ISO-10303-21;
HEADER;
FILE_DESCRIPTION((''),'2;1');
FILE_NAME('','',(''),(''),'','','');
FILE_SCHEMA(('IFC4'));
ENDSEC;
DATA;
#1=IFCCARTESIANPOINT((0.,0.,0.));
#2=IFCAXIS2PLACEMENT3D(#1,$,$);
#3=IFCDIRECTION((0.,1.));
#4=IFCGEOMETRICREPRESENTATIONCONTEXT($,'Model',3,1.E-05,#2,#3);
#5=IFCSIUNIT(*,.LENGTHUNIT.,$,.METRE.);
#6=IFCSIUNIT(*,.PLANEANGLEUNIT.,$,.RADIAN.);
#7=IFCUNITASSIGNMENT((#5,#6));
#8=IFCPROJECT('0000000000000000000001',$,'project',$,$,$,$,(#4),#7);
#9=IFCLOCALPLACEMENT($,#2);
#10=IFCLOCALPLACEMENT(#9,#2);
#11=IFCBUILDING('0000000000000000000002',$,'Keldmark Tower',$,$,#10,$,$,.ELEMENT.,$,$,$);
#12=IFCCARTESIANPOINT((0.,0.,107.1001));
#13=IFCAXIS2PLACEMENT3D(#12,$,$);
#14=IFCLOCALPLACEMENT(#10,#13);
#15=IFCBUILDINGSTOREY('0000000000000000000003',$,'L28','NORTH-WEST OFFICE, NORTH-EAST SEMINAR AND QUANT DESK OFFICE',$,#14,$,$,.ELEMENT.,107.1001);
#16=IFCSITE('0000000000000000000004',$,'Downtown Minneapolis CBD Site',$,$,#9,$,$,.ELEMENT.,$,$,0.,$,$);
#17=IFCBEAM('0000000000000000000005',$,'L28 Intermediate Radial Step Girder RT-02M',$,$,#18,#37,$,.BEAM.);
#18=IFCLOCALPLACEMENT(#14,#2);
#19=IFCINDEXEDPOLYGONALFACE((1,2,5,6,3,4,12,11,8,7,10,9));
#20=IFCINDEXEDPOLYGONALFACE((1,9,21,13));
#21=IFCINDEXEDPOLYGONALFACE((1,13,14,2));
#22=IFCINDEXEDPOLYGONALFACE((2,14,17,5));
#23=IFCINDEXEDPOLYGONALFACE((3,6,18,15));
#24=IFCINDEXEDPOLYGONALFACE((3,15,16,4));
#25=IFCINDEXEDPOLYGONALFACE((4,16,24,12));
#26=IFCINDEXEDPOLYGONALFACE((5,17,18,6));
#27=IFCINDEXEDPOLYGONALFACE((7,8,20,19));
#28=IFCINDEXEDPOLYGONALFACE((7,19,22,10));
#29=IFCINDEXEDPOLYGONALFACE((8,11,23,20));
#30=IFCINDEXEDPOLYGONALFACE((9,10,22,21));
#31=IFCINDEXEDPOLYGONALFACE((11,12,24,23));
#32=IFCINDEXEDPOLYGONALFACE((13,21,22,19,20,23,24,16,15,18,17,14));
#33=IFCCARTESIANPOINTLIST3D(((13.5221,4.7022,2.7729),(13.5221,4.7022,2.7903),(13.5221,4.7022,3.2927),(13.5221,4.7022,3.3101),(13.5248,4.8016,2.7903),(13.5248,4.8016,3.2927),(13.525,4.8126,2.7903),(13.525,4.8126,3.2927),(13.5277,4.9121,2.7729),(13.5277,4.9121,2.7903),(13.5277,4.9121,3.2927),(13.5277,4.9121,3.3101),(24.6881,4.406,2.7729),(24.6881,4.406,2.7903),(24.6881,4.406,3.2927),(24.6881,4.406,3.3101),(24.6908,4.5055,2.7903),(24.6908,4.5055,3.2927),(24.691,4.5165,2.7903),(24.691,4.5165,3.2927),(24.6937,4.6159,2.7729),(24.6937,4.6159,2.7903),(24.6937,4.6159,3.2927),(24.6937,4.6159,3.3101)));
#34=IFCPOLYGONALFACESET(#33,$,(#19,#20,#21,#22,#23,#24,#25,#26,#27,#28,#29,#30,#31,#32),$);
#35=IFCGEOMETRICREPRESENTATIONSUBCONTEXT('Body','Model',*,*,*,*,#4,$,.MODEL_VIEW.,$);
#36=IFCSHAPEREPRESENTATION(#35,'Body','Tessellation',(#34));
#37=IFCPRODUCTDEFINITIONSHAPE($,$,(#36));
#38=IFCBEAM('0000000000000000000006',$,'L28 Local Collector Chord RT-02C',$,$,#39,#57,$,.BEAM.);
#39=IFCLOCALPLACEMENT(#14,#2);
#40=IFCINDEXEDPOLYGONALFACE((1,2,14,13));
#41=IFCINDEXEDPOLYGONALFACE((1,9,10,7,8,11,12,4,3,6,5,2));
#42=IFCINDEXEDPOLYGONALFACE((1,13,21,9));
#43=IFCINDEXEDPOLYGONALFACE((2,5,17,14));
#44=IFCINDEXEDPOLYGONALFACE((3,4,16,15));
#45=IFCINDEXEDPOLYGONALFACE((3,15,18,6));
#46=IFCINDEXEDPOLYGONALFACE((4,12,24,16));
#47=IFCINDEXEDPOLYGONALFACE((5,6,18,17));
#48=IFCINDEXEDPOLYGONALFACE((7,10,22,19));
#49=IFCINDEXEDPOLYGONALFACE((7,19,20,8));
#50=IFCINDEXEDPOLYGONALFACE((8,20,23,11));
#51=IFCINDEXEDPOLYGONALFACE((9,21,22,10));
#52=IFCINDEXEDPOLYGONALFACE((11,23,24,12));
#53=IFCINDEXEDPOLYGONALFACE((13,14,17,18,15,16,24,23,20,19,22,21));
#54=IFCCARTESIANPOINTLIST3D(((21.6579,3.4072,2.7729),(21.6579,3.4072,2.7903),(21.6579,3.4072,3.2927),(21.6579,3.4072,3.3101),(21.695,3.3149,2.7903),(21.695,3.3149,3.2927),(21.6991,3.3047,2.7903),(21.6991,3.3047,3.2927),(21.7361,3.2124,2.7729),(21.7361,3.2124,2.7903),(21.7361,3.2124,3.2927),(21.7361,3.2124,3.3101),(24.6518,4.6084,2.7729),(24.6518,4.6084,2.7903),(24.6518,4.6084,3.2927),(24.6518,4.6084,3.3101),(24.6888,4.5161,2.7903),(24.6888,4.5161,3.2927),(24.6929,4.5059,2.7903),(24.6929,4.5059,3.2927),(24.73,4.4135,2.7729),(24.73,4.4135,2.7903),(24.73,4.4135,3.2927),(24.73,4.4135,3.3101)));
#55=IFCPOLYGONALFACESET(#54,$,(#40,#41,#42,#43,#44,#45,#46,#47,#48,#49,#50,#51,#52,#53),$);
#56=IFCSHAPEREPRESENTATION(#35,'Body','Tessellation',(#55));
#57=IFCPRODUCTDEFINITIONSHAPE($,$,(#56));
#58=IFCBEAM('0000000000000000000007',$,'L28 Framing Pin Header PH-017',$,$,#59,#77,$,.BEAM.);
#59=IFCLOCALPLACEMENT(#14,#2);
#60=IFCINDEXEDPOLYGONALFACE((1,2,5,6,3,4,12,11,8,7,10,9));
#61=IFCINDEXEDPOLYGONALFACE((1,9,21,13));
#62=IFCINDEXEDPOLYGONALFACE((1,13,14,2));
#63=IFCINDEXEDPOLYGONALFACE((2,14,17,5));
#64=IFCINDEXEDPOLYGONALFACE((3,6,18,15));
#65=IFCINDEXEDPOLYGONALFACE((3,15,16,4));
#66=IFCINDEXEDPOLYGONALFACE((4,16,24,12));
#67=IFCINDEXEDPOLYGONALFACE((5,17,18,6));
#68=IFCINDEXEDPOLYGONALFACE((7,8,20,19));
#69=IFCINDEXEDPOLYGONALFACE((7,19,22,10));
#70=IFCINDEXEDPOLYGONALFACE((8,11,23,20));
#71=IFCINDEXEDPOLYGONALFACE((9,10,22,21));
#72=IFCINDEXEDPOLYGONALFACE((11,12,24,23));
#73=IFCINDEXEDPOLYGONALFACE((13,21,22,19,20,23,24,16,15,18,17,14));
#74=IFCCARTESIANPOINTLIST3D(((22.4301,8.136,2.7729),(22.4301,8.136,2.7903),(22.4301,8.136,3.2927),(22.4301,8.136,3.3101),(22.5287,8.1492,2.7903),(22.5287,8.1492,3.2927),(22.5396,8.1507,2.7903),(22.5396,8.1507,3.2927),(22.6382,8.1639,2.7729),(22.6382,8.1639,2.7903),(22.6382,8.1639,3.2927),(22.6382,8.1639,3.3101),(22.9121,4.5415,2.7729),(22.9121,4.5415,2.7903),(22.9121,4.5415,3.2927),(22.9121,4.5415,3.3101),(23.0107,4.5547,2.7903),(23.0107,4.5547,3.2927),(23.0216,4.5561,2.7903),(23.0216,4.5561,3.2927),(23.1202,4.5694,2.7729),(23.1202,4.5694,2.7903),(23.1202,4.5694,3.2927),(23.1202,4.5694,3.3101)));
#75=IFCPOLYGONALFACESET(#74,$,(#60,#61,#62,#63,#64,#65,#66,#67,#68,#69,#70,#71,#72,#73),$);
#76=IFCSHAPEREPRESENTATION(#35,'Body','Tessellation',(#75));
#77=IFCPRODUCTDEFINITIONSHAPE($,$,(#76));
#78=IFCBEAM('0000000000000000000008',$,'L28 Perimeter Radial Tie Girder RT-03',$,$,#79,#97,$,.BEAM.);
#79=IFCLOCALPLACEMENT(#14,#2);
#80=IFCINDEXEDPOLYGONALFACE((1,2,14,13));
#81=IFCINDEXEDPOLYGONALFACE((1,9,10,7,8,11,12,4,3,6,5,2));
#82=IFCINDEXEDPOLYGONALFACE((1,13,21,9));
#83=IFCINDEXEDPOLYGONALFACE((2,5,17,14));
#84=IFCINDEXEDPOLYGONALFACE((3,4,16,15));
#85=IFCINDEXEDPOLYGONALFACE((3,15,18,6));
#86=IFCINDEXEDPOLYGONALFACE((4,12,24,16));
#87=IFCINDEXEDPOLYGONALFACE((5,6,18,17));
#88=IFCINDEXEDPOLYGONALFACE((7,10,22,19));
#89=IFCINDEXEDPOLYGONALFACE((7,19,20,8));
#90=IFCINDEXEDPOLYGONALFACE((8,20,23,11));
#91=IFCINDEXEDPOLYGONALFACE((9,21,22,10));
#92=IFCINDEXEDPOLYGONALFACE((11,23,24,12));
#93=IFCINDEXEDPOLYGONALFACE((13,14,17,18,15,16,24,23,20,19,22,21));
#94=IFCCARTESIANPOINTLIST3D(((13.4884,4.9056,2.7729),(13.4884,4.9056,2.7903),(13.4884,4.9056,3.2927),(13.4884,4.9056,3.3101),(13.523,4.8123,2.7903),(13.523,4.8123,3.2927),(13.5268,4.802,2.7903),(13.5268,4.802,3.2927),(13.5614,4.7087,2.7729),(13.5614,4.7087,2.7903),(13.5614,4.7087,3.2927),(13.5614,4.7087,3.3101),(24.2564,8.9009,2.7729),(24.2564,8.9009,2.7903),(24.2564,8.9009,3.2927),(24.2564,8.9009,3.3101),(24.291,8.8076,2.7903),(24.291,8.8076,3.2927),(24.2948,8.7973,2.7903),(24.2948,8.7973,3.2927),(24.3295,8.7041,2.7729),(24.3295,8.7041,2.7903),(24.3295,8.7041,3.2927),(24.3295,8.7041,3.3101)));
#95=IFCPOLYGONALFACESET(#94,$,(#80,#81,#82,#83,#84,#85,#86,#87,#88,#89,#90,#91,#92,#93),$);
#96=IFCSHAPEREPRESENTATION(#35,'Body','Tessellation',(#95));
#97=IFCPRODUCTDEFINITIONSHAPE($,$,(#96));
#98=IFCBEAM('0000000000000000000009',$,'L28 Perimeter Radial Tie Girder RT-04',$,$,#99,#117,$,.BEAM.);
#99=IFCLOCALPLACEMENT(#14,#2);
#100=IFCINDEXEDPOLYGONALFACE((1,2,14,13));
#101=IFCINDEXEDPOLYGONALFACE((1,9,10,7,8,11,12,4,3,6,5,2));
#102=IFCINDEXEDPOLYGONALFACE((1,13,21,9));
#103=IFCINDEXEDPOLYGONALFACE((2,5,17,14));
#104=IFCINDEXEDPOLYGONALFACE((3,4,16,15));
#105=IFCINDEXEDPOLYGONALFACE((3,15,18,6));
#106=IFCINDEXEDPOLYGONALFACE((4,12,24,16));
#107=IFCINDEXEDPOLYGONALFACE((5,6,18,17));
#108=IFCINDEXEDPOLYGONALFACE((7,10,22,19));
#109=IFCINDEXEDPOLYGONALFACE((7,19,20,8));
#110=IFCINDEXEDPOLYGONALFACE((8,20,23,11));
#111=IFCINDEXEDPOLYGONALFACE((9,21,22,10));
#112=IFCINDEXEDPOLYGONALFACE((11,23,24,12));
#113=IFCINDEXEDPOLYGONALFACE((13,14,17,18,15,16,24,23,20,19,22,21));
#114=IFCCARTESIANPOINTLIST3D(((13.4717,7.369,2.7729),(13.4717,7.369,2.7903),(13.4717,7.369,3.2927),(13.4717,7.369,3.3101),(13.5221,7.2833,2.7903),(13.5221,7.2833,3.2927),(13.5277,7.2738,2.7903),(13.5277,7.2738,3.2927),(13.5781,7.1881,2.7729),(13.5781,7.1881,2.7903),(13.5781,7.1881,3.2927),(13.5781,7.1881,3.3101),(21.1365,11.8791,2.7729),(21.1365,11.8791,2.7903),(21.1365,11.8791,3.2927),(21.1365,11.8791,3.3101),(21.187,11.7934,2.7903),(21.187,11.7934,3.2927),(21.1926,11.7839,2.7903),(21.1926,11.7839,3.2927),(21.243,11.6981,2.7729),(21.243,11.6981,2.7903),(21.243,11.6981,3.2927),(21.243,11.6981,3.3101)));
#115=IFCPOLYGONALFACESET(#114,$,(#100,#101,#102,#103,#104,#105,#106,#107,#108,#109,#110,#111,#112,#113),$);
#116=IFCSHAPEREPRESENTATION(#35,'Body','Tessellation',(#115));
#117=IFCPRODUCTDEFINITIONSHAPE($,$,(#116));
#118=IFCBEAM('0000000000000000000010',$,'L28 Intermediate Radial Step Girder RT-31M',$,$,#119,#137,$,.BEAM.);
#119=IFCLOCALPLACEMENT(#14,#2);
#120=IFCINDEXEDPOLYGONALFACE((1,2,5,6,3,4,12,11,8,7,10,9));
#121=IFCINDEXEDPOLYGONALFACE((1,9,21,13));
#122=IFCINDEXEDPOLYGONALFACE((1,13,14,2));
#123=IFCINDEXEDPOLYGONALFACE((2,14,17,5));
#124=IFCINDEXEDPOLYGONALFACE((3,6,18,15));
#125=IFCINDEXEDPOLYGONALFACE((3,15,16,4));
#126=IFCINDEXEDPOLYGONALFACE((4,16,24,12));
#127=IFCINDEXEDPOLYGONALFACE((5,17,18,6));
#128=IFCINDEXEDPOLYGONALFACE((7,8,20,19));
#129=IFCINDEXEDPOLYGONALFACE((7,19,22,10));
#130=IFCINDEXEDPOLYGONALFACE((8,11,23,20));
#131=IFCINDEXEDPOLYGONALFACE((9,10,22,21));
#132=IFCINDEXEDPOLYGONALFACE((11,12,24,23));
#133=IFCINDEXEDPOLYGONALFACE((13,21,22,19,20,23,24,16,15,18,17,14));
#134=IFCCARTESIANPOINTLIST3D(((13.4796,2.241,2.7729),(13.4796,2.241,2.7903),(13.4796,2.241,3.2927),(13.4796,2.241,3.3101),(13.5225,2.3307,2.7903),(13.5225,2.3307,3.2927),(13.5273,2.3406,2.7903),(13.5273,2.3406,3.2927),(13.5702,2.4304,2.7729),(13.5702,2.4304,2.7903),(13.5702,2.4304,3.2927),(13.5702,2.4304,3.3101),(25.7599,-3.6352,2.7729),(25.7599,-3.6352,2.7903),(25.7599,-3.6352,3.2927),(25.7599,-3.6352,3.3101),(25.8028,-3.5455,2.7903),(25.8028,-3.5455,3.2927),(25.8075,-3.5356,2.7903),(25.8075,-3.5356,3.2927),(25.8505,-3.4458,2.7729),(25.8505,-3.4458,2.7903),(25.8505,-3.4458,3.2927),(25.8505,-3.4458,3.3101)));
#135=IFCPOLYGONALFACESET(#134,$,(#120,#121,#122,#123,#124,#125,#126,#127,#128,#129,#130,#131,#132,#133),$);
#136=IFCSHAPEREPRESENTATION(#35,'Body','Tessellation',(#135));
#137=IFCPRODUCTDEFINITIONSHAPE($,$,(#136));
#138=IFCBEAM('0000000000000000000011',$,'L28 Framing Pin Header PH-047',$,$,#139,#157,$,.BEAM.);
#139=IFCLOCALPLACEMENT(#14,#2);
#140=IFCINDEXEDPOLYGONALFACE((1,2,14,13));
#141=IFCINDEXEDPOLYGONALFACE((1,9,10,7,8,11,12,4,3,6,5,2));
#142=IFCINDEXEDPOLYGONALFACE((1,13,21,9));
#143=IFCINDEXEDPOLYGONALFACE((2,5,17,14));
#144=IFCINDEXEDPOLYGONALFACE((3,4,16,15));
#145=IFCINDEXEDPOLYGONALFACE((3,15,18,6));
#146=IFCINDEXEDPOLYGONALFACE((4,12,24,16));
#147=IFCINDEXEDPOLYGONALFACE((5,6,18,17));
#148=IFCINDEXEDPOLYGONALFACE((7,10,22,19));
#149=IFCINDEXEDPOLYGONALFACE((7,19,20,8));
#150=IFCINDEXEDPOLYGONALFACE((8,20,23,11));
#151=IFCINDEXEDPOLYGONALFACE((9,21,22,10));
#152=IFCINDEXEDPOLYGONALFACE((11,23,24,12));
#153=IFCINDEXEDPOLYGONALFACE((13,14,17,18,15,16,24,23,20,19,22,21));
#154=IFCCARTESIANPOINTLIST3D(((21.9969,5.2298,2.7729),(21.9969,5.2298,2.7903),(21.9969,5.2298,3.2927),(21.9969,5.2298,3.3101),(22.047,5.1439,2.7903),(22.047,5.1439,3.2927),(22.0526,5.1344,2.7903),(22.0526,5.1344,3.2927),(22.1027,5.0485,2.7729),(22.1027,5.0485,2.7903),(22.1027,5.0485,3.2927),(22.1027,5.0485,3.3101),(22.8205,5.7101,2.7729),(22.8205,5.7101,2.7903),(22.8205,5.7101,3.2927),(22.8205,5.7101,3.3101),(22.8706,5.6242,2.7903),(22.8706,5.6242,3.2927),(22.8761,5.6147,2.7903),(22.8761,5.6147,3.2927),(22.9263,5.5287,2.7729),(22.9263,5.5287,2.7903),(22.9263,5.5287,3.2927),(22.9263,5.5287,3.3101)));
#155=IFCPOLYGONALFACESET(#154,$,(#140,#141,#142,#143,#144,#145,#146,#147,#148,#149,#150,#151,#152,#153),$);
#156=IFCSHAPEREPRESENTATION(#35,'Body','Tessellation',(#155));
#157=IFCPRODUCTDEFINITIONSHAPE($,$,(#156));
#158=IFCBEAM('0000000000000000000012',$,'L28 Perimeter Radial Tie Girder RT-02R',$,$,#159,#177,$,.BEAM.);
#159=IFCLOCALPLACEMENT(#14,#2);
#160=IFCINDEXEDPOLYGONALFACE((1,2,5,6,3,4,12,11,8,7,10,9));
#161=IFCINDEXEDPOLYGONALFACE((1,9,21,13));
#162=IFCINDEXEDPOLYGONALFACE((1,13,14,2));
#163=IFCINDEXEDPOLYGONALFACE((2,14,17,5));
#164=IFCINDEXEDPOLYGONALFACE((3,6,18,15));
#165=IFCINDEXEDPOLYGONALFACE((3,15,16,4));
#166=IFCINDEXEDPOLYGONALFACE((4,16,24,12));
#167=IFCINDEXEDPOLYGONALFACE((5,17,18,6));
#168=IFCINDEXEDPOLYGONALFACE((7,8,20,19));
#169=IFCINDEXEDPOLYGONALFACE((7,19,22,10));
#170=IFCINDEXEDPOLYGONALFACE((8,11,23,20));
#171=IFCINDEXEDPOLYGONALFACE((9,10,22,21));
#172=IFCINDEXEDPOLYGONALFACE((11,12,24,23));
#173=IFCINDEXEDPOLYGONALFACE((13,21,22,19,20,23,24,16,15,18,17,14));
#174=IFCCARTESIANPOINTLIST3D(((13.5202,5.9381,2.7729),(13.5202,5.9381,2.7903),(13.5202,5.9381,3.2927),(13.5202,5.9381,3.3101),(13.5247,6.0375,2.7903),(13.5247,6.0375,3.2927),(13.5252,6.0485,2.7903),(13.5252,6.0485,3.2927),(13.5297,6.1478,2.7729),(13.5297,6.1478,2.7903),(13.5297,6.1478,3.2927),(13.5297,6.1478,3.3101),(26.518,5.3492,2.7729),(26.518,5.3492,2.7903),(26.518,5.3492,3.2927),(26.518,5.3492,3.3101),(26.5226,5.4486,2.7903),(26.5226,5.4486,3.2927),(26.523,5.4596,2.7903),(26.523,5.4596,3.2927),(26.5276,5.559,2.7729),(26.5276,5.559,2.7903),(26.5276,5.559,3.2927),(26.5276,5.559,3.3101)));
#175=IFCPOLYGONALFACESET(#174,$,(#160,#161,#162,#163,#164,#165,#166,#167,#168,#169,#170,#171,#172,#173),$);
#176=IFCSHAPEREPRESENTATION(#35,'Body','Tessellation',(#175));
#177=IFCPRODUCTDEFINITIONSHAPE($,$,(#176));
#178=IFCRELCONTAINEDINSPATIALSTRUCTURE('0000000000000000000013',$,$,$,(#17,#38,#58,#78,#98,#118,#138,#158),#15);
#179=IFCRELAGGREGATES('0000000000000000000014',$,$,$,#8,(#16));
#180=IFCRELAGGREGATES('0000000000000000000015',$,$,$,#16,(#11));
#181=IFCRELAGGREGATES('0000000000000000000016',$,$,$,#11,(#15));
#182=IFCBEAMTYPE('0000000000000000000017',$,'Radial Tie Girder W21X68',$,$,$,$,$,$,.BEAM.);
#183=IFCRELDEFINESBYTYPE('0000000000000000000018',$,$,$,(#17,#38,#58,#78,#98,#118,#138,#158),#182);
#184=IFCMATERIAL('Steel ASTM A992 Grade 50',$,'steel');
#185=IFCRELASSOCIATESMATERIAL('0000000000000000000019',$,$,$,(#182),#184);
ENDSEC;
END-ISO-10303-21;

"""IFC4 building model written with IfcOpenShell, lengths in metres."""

from ifc_helpers import new_model, si_unit, direction, frame, origin, origin_2d, place, context, subcontext, project, spatial, i_section, extrude, material, material_profile, profile_set, type_object, element, save


model = new_model("IFC4")

# Units and contexts
model_context = context("Model", 3, precision=1e-05, world=origin(), true_north=direction((0.0, 1.0)))
body_context = subcontext(model_context, "Body", "Model", "MODEL_VIEW")
ifc_project = project(units=[si_unit("LENGTHUNIT", "METRE"), si_unit("PLANEANGLEUNIT", "RADIAN")], contexts=[model_context])

# Site, building, storey
site_placement = place(None, origin())
site = spatial("IfcSite", under=ifc_project, at=site_placement, Name="Downtown Minneapolis CBD Site", CompositionType="ELEMENT", RefElevation=0.0)
building_placement = place(site_placement, origin())
building = spatial("IfcBuilding", under=site, at=building_placement, Name="Keldmark Tower", CompositionType="ELEMENT")
storey_placement = place(building_placement, frame((0.0, 0.0, 107.1001)))
storey = spatial("IfcBuildingStorey", under=building, at=storey_placement, Name="L28", Description="NORTH-WEST OFFICE, NORTH-EAST SEMINAR AND QUANT DESK OFFICE", CompositionType="ELEMENT", Elevation=107.1001)

# Beams
ifc_material_1 = material(Name="Steel ASTM A992 Grade 50", Category="steel")
ifc_material_profile_1 = material_profile(ifc_material_1, i_section(OverallWidth=0.21, OverallDepth=0.5371, WebThickness=0.011, FlangeThickness=0.0173, at=origin_2d()), Name="W21X68")
ifc_profile_set_1 = profile_set([ifc_material_profile_1], Name="Steel ASTM A992 Grade 50")
beam_type_1 = type_object("IfcBeamType", Name="Radial Tie Girder W21X68", PredefinedType="BEAM", material=ifc_profile_set_1)
beam_1_placement = place(storey_placement, frame((13.5249, 4.8071, 3.0415), z_axis=(0.999648, -0.026512, 0.0), x_axis=(0.026512, 0.999648, 0.0)))
element("IfcBeam", 1, at=beam_1_placement, inside=storey, type_object=beam_type_1, Name="L28 Intermediate Radial Step Girder RT-02M", PredefinedType="BEAM", context=body_context, shape_type="SweptSolid", body=[
    extrude(i_section(OverallWidth=0.21, OverallDepth=0.5371, WebThickness=0.011, FlangeThickness=0.0173, at=origin_2d()), origin(), (0.0, 0.0, 1.0), 11.1699),
])
beam_2_placement = place(storey_placement, frame((21.697, 3.3098, 3.0415), z_axis=(0.92809, 0.372356, 0.0), x_axis=(-0.372356, 0.92809, 0.0)))
element("IfcBeam", 2, at=beam_2_placement, inside=storey, type_object=beam_type_1, Name="L28 Local Collector Chord RT-02C", PredefinedType="BEAM", context=body_context, shape_type="SweptSolid", body=[
    extrude(i_section(OverallWidth=0.21, OverallDepth=0.5371, WebThickness=0.011, FlangeThickness=0.0173, at=origin_2d()), origin(), (0.0, 0.0, 1.0), 3.2258),
])
beam_3_placement = place(storey_placement, frame((23.0161, 4.5554, 3.0415), z_axis=(-0.132887, 0.991131, 0.0), x_axis=(-0.991131, -0.132887, 0.0)))
element("IfcBeam", 3, at=beam_3_placement, inside=storey, type_object=beam_type_1, Name="L28 Framing Pin Header PH-017", PredefinedType="BEAM", context=body_context, shape_type="SweptSolid", body=[
    extrude(i_section(OverallWidth=0.21, OverallDepth=0.5371, WebThickness=0.011, FlangeThickness=0.0173, at=origin_2d()), origin(), (0.0, 0.0, 1.0), 3.6267),
])
beam_4_placement = place(storey_placement, frame((13.5249, 4.8071, 3.0415), z_axis=(0.937545, 0.347865, 0.0), x_axis=(-0.347865, 0.937545, 0.0)))
element("IfcBeam", 4, at=beam_4_placement, inside=storey, type_object=beam_type_1, Name="L28 Perimeter Radial Tie Girder RT-03", PredefinedType="BEAM", context=body_context, shape_type="SweptSolid", body=[
    extrude(i_section(OverallWidth=0.21, OverallDepth=0.5371, WebThickness=0.011, FlangeThickness=0.0173, at=origin_2d()), origin(), (0.0, 0.0, 1.0), 11.4854),
])
beam_5_placement = place(storey_placement, frame((13.5249, 7.2786, 3.0415), z_axis=(0.86187, 0.507129, 0.0), x_axis=(-0.507129, 0.86187, 0.0)))
element("IfcBeam", 5, at=beam_5_placement, inside=storey, type_object=beam_type_1, Name="L28 Perimeter Radial Tie Girder RT-04", PredefinedType="BEAM", context=body_context, shape_type="SweptSolid", body=[
    extrude(i_section(OverallWidth=0.21, OverallDepth=0.5371, WebThickness=0.011, FlangeThickness=0.0173, at=origin_2d()), origin(), (0.0, 0.0, 1.0), 8.8933),
])
beam_6_placement = place(storey_placement, frame((13.5249, 2.3357, 3.0415), z_axis=(0.902047, -0.431638, 0.0), x_axis=(0.431638, 0.902047, 0.0)))
element("IfcBeam", 6, at=beam_6_placement, inside=storey, type_object=beam_type_1, Name="L28 Intermediate Radial Step Girder RT-31M", PredefinedType="BEAM", context=body_context, shape_type="SweptSolid", body=[
    extrude(i_section(OverallWidth=0.21, OverallDepth=0.5371, WebThickness=0.011, FlangeThickness=0.0173, at=origin_2d()), origin(), (0.0, 0.0, 1.0), 13.6138),
])
beam_7_placement = place(storey_placement, frame((22.0498, 5.1392, 3.0415), z_axis=(0.863844, 0.50376, 0.0), x_axis=(-0.50376, 0.863844, 0.0)))
element("IfcBeam", 7, at=beam_7_placement, inside=storey, type_object=beam_type_1, Name="L28 Framing Pin Header PH-047", PredefinedType="BEAM", context=body_context, shape_type="SweptSolid", body=[
    extrude(i_section(OverallWidth=0.21, OverallDepth=0.5371, WebThickness=0.011, FlangeThickness=0.0173, at=origin_2d()), origin(), (0.0, 0.0, 1.0), 0.9534),
])
beam_8_placement = place(storey_placement, frame((13.5249, 6.043, 3.0415), z_axis=(0.998975, -0.045259, 0.0), x_axis=(0.045259, 0.998975, 0.0)))
element("IfcBeam", 8, at=beam_8_placement, inside=storey, type_object=beam_type_1, Name="L28 Perimeter Radial Tie Girder RT-02R", PredefinedType="BEAM", context=body_context, shape_type="SweptSolid", body=[
    extrude(i_section(OverallWidth=0.21, OverallDepth=0.5371, WebThickness=0.011, FlangeThickness=0.0173, at=origin_2d()), origin(), (0.0, 0.0, 1.0), 13.0112),
])

save(model, "model.ifc")
